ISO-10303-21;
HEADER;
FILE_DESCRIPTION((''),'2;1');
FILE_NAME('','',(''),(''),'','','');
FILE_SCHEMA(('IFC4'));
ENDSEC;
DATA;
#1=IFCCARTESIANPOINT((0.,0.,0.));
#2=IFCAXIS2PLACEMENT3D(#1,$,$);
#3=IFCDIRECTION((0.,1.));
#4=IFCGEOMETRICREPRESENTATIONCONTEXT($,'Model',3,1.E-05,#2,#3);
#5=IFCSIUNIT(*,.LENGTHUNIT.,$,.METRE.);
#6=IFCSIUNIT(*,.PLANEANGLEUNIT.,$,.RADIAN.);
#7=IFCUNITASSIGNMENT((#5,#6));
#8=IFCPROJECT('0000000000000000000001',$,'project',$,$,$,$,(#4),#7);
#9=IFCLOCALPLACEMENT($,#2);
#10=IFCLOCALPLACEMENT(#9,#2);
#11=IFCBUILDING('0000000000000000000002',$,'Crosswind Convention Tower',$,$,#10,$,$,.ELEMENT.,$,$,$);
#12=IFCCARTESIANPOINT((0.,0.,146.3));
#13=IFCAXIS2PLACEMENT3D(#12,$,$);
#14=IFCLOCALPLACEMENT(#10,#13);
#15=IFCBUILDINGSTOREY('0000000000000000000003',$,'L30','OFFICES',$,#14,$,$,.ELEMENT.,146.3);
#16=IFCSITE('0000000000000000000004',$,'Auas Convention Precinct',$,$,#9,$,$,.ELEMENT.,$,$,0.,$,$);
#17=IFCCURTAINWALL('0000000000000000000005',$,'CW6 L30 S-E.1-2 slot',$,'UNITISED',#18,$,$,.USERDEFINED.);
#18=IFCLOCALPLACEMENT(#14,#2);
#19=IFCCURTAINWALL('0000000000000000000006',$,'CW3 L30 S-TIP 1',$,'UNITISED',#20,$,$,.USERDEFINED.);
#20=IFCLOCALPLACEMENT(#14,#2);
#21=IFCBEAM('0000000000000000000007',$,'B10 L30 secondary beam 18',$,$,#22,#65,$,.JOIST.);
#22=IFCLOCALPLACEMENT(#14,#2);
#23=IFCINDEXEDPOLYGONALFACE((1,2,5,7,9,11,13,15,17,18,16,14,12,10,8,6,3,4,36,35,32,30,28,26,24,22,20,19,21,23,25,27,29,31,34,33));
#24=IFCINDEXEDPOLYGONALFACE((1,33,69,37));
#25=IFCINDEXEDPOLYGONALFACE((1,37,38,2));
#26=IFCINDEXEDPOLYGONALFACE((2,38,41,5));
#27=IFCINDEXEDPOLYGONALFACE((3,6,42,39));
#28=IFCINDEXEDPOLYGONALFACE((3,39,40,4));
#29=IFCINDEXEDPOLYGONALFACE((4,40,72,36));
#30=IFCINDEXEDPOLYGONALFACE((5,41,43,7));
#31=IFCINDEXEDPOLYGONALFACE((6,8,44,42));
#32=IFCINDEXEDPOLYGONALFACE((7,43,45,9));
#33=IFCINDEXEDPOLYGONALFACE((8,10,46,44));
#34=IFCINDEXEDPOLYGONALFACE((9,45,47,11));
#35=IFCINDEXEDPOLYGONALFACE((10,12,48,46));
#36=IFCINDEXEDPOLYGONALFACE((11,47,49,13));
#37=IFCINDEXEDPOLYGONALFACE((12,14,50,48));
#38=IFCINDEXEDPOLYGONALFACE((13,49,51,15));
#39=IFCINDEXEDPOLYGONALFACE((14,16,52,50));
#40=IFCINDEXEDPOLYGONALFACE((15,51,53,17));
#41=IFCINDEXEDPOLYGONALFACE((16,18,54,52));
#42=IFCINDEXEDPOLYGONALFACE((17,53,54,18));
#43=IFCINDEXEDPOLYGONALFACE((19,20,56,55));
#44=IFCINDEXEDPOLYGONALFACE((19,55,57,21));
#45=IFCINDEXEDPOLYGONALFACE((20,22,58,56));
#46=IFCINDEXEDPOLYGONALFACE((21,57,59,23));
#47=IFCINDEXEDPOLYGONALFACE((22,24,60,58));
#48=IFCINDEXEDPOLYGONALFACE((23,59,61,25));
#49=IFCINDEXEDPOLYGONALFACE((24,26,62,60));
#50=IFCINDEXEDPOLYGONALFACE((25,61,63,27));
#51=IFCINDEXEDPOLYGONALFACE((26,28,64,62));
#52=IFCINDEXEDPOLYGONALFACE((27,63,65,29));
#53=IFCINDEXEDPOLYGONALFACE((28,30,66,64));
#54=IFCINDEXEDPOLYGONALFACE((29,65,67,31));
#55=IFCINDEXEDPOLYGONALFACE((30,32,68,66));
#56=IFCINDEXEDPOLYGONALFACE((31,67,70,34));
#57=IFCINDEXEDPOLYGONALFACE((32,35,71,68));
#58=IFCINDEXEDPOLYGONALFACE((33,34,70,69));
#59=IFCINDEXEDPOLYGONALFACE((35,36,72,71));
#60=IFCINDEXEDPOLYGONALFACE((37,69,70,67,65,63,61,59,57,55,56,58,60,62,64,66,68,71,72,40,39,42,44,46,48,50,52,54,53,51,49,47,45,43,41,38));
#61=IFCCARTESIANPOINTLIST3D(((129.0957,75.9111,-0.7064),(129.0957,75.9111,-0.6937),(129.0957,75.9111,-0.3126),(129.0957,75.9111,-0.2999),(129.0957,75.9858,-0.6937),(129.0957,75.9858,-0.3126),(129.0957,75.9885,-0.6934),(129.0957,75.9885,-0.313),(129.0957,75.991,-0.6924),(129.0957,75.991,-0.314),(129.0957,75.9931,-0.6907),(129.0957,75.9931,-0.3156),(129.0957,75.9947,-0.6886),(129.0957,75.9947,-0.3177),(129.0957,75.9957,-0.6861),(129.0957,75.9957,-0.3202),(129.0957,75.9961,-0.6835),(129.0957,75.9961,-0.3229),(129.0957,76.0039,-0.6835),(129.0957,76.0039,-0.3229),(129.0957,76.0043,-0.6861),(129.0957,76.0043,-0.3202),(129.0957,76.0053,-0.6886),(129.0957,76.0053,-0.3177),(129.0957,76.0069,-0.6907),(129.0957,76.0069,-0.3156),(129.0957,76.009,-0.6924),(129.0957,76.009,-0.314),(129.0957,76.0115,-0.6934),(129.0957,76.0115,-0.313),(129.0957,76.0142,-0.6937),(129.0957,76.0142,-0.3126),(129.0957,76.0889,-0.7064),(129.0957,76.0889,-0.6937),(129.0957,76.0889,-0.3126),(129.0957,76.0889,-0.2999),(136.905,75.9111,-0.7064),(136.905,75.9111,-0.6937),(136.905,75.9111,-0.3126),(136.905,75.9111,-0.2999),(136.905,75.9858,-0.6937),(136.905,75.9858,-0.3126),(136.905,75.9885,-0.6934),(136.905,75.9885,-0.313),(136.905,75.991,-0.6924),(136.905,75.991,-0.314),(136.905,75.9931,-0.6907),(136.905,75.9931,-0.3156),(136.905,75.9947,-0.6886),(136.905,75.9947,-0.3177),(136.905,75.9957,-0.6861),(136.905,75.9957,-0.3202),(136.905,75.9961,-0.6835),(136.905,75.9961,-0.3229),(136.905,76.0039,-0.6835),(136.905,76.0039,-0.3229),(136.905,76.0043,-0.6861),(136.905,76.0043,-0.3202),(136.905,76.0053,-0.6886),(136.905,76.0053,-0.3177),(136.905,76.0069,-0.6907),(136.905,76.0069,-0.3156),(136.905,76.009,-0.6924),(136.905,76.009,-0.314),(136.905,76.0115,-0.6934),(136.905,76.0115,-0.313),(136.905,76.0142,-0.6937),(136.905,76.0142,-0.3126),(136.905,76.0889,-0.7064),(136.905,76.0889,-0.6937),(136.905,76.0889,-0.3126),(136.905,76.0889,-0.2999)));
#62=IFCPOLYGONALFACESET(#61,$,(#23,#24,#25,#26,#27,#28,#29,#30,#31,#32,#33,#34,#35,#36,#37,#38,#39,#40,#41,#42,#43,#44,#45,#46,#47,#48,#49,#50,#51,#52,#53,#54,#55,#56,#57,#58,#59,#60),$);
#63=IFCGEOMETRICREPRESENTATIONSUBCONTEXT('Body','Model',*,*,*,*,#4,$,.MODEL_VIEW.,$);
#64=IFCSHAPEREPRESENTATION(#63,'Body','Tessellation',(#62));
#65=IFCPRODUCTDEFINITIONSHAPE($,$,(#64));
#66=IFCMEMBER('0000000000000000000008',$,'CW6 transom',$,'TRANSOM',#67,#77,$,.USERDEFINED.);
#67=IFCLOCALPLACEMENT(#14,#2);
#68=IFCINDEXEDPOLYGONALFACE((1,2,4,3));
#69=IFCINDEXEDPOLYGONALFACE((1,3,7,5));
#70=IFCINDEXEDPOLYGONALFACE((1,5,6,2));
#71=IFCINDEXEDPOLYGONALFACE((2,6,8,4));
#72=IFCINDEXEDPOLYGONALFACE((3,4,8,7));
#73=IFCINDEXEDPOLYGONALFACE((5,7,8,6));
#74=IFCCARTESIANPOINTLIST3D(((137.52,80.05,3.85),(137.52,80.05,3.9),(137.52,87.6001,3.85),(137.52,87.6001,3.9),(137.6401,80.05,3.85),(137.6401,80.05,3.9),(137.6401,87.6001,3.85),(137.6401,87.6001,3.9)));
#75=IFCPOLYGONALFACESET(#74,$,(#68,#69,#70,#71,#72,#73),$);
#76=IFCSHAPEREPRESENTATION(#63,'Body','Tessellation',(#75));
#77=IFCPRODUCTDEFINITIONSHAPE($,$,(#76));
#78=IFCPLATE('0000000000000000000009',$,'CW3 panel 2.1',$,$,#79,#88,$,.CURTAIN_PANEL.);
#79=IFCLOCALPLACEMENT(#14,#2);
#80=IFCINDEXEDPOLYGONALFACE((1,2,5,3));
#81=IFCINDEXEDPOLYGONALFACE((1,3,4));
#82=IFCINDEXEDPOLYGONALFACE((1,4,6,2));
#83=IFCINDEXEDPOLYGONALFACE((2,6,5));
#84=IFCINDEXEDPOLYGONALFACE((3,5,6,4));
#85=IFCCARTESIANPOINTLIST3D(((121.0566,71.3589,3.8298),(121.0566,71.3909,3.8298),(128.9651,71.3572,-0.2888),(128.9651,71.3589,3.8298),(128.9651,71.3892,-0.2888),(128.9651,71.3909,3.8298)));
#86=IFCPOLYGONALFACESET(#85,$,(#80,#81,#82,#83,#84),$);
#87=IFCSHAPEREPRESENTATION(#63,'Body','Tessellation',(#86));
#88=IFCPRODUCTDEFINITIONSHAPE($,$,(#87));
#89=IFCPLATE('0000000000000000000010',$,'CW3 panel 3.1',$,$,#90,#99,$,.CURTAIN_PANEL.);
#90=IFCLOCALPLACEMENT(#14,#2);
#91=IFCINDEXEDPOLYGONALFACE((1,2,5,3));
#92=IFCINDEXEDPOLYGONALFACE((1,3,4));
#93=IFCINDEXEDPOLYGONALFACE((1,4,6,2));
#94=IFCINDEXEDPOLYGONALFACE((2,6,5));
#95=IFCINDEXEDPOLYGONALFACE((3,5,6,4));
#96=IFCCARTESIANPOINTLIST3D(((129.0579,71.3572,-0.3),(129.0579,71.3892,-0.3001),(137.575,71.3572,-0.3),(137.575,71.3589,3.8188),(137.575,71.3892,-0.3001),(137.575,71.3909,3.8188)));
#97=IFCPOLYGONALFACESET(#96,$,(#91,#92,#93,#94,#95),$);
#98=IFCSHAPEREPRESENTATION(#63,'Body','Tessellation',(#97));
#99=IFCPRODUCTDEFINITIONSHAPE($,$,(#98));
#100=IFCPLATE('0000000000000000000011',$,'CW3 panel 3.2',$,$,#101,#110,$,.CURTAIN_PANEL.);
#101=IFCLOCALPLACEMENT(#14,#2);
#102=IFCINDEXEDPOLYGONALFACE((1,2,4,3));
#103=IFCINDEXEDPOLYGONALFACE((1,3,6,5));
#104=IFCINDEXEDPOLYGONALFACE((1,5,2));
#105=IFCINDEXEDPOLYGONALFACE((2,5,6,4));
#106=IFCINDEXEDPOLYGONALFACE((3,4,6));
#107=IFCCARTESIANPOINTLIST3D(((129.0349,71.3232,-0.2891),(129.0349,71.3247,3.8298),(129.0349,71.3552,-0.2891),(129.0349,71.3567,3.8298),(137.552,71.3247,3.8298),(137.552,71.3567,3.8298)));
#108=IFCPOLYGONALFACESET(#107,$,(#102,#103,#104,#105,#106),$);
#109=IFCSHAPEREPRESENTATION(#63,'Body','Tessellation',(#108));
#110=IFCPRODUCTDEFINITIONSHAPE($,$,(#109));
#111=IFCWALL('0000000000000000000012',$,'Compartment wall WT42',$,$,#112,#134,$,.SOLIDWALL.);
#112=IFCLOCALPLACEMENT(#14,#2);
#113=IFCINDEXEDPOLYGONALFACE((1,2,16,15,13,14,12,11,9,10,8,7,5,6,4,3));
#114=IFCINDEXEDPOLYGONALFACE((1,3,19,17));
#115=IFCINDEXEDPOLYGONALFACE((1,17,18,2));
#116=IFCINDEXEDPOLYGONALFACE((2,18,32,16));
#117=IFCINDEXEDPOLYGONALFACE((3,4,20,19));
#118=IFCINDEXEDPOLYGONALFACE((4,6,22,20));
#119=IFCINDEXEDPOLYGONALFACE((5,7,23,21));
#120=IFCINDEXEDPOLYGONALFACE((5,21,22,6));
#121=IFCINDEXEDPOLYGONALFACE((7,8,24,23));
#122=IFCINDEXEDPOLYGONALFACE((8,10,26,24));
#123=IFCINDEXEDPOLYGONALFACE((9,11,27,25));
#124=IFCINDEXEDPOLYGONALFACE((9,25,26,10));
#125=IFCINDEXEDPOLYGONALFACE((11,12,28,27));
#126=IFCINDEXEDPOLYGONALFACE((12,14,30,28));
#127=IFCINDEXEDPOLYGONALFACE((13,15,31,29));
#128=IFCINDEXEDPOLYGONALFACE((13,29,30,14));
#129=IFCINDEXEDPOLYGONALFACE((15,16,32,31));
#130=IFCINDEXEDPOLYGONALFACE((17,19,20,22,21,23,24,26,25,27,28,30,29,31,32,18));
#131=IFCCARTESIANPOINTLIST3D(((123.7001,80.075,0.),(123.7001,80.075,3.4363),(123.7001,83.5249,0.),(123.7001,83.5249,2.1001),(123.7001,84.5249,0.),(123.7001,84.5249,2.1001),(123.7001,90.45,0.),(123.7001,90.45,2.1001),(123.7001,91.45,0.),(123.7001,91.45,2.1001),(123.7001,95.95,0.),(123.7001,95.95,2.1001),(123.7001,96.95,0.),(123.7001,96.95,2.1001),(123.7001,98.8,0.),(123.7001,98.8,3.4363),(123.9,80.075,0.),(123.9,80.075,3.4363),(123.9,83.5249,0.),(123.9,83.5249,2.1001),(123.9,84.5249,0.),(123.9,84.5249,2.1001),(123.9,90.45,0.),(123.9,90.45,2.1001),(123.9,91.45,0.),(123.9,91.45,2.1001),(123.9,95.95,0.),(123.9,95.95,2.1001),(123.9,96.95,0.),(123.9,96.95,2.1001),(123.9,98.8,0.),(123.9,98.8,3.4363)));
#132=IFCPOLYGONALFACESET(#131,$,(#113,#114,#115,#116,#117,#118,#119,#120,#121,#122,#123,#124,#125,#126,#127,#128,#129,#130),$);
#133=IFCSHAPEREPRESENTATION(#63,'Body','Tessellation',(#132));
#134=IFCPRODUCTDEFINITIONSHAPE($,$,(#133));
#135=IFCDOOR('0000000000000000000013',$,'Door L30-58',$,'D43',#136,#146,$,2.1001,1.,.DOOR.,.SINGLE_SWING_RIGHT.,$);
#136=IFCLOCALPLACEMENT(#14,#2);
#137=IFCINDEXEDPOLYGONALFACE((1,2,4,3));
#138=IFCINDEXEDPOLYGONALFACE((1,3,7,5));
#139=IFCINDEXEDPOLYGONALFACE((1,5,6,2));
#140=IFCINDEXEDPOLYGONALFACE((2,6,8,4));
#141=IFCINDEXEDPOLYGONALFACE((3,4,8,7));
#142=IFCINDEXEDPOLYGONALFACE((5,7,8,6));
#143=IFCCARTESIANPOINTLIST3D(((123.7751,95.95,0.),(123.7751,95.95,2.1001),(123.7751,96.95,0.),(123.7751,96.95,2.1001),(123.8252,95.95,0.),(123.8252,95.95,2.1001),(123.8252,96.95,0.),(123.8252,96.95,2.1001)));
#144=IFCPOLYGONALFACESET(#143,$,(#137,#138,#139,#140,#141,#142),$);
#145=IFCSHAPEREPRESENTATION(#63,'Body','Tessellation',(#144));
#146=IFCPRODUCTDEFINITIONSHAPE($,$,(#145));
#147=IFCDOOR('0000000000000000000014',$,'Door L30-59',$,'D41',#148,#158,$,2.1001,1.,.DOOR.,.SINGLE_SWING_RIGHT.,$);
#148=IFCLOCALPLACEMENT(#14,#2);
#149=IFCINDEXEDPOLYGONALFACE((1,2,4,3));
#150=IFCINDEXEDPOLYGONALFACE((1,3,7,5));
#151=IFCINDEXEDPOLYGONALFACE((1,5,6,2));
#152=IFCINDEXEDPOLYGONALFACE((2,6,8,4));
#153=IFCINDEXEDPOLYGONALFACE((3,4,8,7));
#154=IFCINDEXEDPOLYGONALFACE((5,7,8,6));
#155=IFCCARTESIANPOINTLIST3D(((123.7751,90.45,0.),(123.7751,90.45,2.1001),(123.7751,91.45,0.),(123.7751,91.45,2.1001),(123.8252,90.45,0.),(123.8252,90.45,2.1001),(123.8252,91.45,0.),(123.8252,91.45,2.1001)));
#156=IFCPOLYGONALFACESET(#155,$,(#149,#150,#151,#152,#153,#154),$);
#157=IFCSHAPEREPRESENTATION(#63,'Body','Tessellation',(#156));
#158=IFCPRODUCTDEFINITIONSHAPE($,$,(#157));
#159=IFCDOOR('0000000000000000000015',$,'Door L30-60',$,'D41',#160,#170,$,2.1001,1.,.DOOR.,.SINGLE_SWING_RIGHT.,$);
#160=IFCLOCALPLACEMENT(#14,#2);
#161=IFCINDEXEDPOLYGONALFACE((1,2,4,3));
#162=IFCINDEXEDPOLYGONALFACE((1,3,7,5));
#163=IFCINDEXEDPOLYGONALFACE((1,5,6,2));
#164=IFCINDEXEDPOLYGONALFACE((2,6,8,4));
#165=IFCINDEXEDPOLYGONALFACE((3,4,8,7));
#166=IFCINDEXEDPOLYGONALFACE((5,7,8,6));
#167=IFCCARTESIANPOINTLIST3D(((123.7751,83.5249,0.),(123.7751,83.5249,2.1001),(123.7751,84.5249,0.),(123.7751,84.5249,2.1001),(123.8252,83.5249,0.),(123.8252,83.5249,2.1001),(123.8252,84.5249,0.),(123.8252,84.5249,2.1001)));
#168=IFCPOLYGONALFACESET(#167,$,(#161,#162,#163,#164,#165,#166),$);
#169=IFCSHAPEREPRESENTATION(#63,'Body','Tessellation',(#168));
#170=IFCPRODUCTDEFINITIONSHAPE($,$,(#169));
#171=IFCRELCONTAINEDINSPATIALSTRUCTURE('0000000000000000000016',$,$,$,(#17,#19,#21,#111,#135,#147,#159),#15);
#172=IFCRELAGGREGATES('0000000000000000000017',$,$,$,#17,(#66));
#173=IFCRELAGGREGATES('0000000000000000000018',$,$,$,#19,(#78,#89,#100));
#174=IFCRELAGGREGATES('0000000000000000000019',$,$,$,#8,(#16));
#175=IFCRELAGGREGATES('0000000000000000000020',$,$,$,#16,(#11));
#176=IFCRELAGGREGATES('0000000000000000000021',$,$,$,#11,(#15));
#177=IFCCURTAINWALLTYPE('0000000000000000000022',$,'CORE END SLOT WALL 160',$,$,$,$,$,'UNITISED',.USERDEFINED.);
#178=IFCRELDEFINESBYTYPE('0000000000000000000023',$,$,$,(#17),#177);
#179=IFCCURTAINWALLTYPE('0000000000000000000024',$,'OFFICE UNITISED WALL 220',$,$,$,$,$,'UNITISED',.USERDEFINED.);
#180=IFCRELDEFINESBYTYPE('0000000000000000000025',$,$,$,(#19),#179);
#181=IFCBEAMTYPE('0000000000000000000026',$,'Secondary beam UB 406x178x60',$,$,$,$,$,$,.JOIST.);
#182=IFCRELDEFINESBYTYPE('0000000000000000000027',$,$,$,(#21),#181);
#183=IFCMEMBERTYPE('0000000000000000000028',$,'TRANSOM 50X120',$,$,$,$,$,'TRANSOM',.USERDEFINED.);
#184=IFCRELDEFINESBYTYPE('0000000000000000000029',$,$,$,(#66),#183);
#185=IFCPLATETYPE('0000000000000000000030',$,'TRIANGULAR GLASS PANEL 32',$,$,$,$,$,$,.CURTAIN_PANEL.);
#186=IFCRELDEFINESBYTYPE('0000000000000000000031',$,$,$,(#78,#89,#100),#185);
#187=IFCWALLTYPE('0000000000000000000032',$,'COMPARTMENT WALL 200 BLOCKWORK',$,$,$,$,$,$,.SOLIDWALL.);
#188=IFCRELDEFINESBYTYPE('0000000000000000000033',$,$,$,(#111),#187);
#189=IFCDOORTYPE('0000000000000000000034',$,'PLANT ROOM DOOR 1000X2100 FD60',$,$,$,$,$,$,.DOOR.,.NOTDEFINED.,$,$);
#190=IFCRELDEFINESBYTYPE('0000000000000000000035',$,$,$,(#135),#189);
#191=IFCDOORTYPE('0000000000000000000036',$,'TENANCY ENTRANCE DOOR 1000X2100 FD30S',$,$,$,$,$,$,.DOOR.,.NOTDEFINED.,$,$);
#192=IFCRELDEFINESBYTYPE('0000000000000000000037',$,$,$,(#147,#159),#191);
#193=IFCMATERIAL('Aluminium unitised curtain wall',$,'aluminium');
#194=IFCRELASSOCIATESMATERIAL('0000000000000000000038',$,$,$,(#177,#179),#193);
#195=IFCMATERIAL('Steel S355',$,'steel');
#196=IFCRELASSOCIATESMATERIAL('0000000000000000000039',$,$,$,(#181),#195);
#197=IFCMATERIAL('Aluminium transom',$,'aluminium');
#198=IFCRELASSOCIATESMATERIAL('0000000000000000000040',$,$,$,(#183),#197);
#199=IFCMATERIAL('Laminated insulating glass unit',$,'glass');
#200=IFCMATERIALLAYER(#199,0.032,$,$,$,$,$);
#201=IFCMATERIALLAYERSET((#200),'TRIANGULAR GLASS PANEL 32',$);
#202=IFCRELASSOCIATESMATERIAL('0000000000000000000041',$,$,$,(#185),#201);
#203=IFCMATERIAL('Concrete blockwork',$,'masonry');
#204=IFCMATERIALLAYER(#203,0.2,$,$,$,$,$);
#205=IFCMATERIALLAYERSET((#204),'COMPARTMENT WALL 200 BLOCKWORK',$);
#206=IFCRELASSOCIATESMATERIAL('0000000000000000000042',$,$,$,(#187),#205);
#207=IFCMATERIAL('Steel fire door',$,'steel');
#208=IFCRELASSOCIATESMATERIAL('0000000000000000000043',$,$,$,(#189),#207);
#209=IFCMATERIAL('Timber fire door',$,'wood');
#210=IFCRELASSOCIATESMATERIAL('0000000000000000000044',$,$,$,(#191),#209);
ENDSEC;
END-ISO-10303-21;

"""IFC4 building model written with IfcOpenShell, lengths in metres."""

from ifc_helpers import new_model, si_unit, direction, frame, frame_2d, origin, origin_2d, place, context, subcontext, project, spatial, polyline, rectangle, i_section, outline, extrude, material, layer, layer_set, material_profile, profile_set, type_object, element, fill, aggregate, save


model = new_model("IFC4")

# Units and contexts
model_context = context("Model", 3, precision=1e-05, world=origin(), true_north=direction((0.0, 1.0)))
body_context = subcontext(model_context, "Body", "Model", "MODEL_VIEW")
ifc_project = project(units=[si_unit("LENGTHUNIT", "METRE"), si_unit("PLANEANGLEUNIT", "RADIAN")], contexts=[model_context])

# Site, building, storey
site_placement = place(None, origin())
site = spatial("IfcSite", under=ifc_project, at=site_placement, Name="Auas Convention Precinct", CompositionType="ELEMENT", RefElevation=0.0)
building_placement = place(site_placement, origin())
building = spatial("IfcBuilding", under=site, at=building_placement, Name="Crosswind Convention Tower", CompositionType="ELEMENT")
storey_placement = place(building_placement, frame((0.0, 0.0, 146.3)))
storey = spatial("IfcBuildingStorey", under=building, at=storey_placement, Name="L30", Description="OFFICES", CompositionType="ELEMENT", Elevation=146.3)

# Shared definitions
ifc_material_1 = material(Name="Steel S355", Category="steel")

# Curtain walls
ifc_material_2 = material(Name="Aluminium unitised curtain wall", Category="aluminium")
curtain_wall_type_1 = type_object("IfcCurtainWallType", Name="CORE END SLOT WALL 160", ElementType="UNITISED", PredefinedType="USERDEFINED", material=ifc_material_2)
curtain_wall_1_placement = place(storey_placement, origin())
curtain_wall_1 = element("IfcCurtainWall", 1, at=curtain_wall_1_placement, inside=storey, type_object=curtain_wall_type_1, Name="CW6 L30 S-E.1-2 slot", ObjectType="UNITISED", PredefinedType="USERDEFINED")
curtain_wall_type_2 = type_object("IfcCurtainWallType", Name="OFFICE UNITISED WALL 220", ElementType="UNITISED", PredefinedType="USERDEFINED", material=ifc_material_2)
curtain_wall_2_placement = place(storey_placement, origin())
curtain_wall_2 = element("IfcCurtainWall", 2, at=curtain_wall_2_placement, inside=storey, type_object=curtain_wall_type_2, Name="CW3 L30 S-TIP 1", ObjectType="UNITISED", PredefinedType="USERDEFINED")

# Beam
ifc_material_profile_1 = material_profile(ifc_material_1, i_section(OverallWidth=0.1777, OverallDepth=0.4065, WebThickness=0.0078, FlangeThickness=0.0127, FilletRadius=0.0103, at=origin_2d()), Name="UB 406x178x60")
ifc_profile_set_1 = profile_set([ifc_material_profile_1], Name="Steel S355")
beam_type_1 = type_object("IfcBeamType", Name="Secondary beam UB 406x178x60", PredefinedType="JOIST", material=ifc_profile_set_1)
beam_1_placement = place(storey_placement, frame((129.0957, 76.0, -0.5032), z_axis=(1.0, 0.0, 0.0), x_axis=(0.0, 1.0, 0.0)))
element("IfcBeam", 3, at=beam_1_placement, inside=storey, type_object=beam_type_1, Name="B10 L30 secondary beam 18", PredefinedType="JOIST", context=body_context, shape_type="SweptSolid", body=[
    extrude(i_section(OverallWidth=0.1777, OverallDepth=0.4065, WebThickness=0.0078, FlangeThickness=0.0127, FilletRadius=0.0103, at=origin_2d()), origin(), (0.0, 0.0, 1.0), 7.8093),
])

# Member
ifc_material_3 = material(Name="Aluminium transom", Category="aluminium")
ifc_material_profile_2 = material_profile(ifc_material_3, rectangle(XDim=0.1201, YDim=0.05, at=origin_2d()), Name="AL 120X50")
ifc_profile_set_2 = profile_set([ifc_material_profile_2], Name="Aluminium transom")
member_type_1 = type_object("IfcMemberType", Name="TRANSOM 50X120", ElementType="TRANSOM", PredefinedType="USERDEFINED", material=ifc_profile_set_2)
member_1_placement = place(storey_placement, frame((137.5801, 80.05, 3.875), z_axis=(0.0, 1.0, 0.0), x_axis=(-1.0, 0.0, 0.0)))
member_1 = element("IfcMember", 4, at=member_1_placement, type_object=member_type_1, Name="CW6 transom", ObjectType="TRANSOM", PredefinedType="USERDEFINED", context=body_context, shape_type="SweptSolid", body=[
    extrude(rectangle(XDim=0.1201, YDim=0.05, at=origin_2d()), origin(), (0.0, 0.0, 1.0), 7.55),
])
aggregate(curtain_wall_1, [member_1])

# Plates
ifc_material_4 = material(Name="Laminated insulating glass unit", Category="glass")
ifc_layer_1 = layer(ifc_material_4, 0.032)
ifc_layer_set_1 = layer_set([ifc_layer_1], Name="TRIANGULAR GLASS PANEL 32")
plate_type = type_object("IfcPlateType", Name="TRIANGULAR GLASS PANEL 32", PredefinedType="CURTAIN_PANEL", material=ifc_layer_set_1)
plate_1_placement = place(storey_placement, frame((128.9651, 71.3589, 3.8298), z_axis=(0.0, -1.0, 0.000415), x_axis=(-1.0, 0.0, 0.0)))
plate_1 = element("IfcPlate", 5, at=plate_1_placement, type_object=plate_type, Name="CW3 panel 2.1", PredefinedType="CURTAIN_PANEL", context=body_context, shape_type="SweptSolid", body=[
    extrude(outline(polyline([(0.0, 0.0), (7.9084, 0.0), (0.0, 4.1187), (0.0, 0.0)])), origin(), (0.0, 0.0, -1.0), 0.032),
])
plate_2_placement = place(storey_placement, frame((137.575, 71.3572, -0.3), z_axis=(0.0, -1.0, 0.000415), x_axis=(0.0, 0.000415, 1.0)))
plate_2 = element("IfcPlate", 6, at=plate_2_placement, type_object=plate_type, Name="CW3 panel 3.1", PredefinedType="CURTAIN_PANEL", context=body_context, shape_type="SweptSolid", body=[
    extrude(outline(polyline([(0.0, 0.0), (4.1189, 0.0), (0.0, 8.5171), (0.0, 0.0)])), origin(), (0.0, 0.0, -1.0), 0.032),
])
plate_3_placement = place(storey_placement, frame((129.0349, 71.3247, 3.8298), z_axis=(0.0, -1.0, 0.000356), x_axis=(0.0, -0.000356, -1.0)))
plate_3 = element("IfcPlate", 7, at=plate_3_placement, type_object=plate_type, Name="CW3 panel 3.2", PredefinedType="CURTAIN_PANEL", context=body_context, shape_type="SweptSolid", body=[
    extrude(outline(polyline([(0.0, 0.0), (4.1189, 0.0), (0.0, 8.5171), (0.0, 0.0)])), origin(), (0.0, 0.0, -1.0), 0.032),
])
aggregate(curtain_wall_2, [plate_1, plate_2, plate_3])

# Wall, openings, doors
ifc_material_5 = material(Name="Concrete blockwork", Category="masonry")
ifc_layer_2 = layer(ifc_material_5, 0.2)
ifc_layer_set_2 = layer_set([ifc_layer_2], Name="COMPARTMENT WALL 200 BLOCKWORK")
wall_type_1 = type_object("IfcWallType", Name="COMPARTMENT WALL 200 BLOCKWORK", PredefinedType="SOLIDWALL", material=ifc_layer_set_2)
wall_1_placement = place(storey_placement, frame((123.8, 80.075, 0.0), z_axis=(0.0, 0.0, 1.0), x_axis=(0.0, 1.0, 0.0)))
wall_1 = element("IfcWall", 8, at=wall_1_placement, inside=storey, type_object=wall_type_1, Name="Compartment wall WT42", PredefinedType="SOLIDWALL", context=body_context, shape_type="SweptSolid", body=[
    extrude(rectangle(XDim=18.7251, YDim=0.2, at=frame_2d((9.3625, 0.0))), origin(), (0.0, 0.0, 1.0), 3.4363),
])
opening_1_placement = place(wall_1_placement, frame((15.875, 0.0, 0.0)))
opening_1 = element("IfcOpeningElement", 9, at=opening_1_placement, cuts=wall_1, PredefinedType="OPENING", context=body_context, shape_type="SweptSolid", body=[
    extrude(rectangle(XDim=1.0, YDim=2.1001, at=frame_2d((0.5, 1.05))), frame((0.0, 0.1099, 0.0), z_axis=(0.0, -1.0, 0.0), x_axis=(1.0, 0.0, 0.0)), (0.0, 0.0, 1.0), 0.22),
])
opening_2_placement = place(wall_1_placement, frame((10.375, 0.0, 0.0)))
opening_2 = element("IfcOpeningElement", 10, at=opening_2_placement, cuts=wall_1, PredefinedType="OPENING", context=body_context, shape_type="SweptSolid", body=[
    extrude(rectangle(XDim=1.0, YDim=2.1001, at=frame_2d((0.5, 1.05))), frame((0.0, 0.1099, 0.0), z_axis=(0.0, -1.0, 0.0), x_axis=(1.0, 0.0, 0.0)), (0.0, 0.0, 1.0), 0.22),
])
opening_3_placement = place(wall_1_placement, frame((3.45, 0.0, 0.0)))
opening_3 = element("IfcOpeningElement", 11, at=opening_3_placement, cuts=wall_1, PredefinedType="OPENING", context=body_context, shape_type="SweptSolid", body=[
    extrude(rectangle(XDim=1.0, YDim=2.1001, at=frame_2d((0.5, 1.05))), frame((0.0, 0.1099, 0.0), z_axis=(0.0, -1.0, 0.0), x_axis=(1.0, 0.0, 0.0)), (0.0, 0.0, 1.0), 0.22),
])
ifc_material_6 = material(Name="Steel fire door", Category="steel")
door_type_1 = type_object("IfcDoorType", Name="PLANT ROOM DOOR 1000X2100 FD60", OperationType="NOTDEFINED", PredefinedType="DOOR", material=ifc_material_6)
door_1_placement = place(opening_1_placement, origin())
door_1 = element("IfcDoor", 12, at=door_1_placement, inside=storey, type_object=door_type_1, Name="Door L30-58", ObjectType="D43", OperationType="SINGLE_SWING_RIGHT", OverallHeight=2.1001, OverallWidth=1.0, PredefinedType="DOOR", context=body_context, shape_type="SweptSolid", body=[
    extrude(rectangle(XDim=1.0, YDim=2.1001, at=frame_2d((0.5, 1.05))), frame((0.0, 0.0249, 0.0), z_axis=(0.0, -1.0, 0.0), x_axis=(1.0, 0.0, 0.0)), (0.0, 0.0, 1.0), 0.05),
])
fill(opening_1, door_1)
ifc_material_7 = material(Name="Timber fire door", Category="wood")
door_type_2 = type_object("IfcDoorType", Name="TENANCY ENTRANCE DOOR 1000X2100 FD30S", OperationType="NOTDEFINED", PredefinedType="DOOR", material=ifc_material_7)
door_2_placement = place(opening_2_placement, origin())
door_2 = element("IfcDoor", 13, at=door_2_placement, inside=storey, type_object=door_type_2, Name="Door L30-59", ObjectType="D41", OperationType="SINGLE_SWING_RIGHT", OverallHeight=2.1001, OverallWidth=1.0, PredefinedType="DOOR", context=body_context, shape_type="SweptSolid", body=[
    extrude(rectangle(XDim=1.0, YDim=2.1001, at=frame_2d((0.5, 1.05))), frame((0.0, 0.0249, 0.0), z_axis=(0.0, -1.0, 0.0), x_axis=(1.0, 0.0, 0.0)), (0.0, 0.0, 1.0), 0.05),
])
fill(opening_2, door_2)
door_3_placement = place(opening_3_placement, origin())
door_3 = element("IfcDoor", 14, at=door_3_placement, inside=storey, type_object=door_type_2, Name="Door L30-60", ObjectType="D41", OperationType="SINGLE_SWING_RIGHT", OverallHeight=2.1001, OverallWidth=1.0, PredefinedType="DOOR", context=body_context, shape_type="SweptSolid", body=[
    extrude(rectangle(XDim=1.0, YDim=2.1001, at=frame_2d((0.5, 1.05))), frame((0.0, 0.0249, 0.0), z_axis=(0.0, -1.0, 0.0), x_axis=(1.0, 0.0, 0.0)), (0.0, 0.0, 1.0), 0.05),
])
fill(opening_3, door_3)

save(model, "model.ifc")
